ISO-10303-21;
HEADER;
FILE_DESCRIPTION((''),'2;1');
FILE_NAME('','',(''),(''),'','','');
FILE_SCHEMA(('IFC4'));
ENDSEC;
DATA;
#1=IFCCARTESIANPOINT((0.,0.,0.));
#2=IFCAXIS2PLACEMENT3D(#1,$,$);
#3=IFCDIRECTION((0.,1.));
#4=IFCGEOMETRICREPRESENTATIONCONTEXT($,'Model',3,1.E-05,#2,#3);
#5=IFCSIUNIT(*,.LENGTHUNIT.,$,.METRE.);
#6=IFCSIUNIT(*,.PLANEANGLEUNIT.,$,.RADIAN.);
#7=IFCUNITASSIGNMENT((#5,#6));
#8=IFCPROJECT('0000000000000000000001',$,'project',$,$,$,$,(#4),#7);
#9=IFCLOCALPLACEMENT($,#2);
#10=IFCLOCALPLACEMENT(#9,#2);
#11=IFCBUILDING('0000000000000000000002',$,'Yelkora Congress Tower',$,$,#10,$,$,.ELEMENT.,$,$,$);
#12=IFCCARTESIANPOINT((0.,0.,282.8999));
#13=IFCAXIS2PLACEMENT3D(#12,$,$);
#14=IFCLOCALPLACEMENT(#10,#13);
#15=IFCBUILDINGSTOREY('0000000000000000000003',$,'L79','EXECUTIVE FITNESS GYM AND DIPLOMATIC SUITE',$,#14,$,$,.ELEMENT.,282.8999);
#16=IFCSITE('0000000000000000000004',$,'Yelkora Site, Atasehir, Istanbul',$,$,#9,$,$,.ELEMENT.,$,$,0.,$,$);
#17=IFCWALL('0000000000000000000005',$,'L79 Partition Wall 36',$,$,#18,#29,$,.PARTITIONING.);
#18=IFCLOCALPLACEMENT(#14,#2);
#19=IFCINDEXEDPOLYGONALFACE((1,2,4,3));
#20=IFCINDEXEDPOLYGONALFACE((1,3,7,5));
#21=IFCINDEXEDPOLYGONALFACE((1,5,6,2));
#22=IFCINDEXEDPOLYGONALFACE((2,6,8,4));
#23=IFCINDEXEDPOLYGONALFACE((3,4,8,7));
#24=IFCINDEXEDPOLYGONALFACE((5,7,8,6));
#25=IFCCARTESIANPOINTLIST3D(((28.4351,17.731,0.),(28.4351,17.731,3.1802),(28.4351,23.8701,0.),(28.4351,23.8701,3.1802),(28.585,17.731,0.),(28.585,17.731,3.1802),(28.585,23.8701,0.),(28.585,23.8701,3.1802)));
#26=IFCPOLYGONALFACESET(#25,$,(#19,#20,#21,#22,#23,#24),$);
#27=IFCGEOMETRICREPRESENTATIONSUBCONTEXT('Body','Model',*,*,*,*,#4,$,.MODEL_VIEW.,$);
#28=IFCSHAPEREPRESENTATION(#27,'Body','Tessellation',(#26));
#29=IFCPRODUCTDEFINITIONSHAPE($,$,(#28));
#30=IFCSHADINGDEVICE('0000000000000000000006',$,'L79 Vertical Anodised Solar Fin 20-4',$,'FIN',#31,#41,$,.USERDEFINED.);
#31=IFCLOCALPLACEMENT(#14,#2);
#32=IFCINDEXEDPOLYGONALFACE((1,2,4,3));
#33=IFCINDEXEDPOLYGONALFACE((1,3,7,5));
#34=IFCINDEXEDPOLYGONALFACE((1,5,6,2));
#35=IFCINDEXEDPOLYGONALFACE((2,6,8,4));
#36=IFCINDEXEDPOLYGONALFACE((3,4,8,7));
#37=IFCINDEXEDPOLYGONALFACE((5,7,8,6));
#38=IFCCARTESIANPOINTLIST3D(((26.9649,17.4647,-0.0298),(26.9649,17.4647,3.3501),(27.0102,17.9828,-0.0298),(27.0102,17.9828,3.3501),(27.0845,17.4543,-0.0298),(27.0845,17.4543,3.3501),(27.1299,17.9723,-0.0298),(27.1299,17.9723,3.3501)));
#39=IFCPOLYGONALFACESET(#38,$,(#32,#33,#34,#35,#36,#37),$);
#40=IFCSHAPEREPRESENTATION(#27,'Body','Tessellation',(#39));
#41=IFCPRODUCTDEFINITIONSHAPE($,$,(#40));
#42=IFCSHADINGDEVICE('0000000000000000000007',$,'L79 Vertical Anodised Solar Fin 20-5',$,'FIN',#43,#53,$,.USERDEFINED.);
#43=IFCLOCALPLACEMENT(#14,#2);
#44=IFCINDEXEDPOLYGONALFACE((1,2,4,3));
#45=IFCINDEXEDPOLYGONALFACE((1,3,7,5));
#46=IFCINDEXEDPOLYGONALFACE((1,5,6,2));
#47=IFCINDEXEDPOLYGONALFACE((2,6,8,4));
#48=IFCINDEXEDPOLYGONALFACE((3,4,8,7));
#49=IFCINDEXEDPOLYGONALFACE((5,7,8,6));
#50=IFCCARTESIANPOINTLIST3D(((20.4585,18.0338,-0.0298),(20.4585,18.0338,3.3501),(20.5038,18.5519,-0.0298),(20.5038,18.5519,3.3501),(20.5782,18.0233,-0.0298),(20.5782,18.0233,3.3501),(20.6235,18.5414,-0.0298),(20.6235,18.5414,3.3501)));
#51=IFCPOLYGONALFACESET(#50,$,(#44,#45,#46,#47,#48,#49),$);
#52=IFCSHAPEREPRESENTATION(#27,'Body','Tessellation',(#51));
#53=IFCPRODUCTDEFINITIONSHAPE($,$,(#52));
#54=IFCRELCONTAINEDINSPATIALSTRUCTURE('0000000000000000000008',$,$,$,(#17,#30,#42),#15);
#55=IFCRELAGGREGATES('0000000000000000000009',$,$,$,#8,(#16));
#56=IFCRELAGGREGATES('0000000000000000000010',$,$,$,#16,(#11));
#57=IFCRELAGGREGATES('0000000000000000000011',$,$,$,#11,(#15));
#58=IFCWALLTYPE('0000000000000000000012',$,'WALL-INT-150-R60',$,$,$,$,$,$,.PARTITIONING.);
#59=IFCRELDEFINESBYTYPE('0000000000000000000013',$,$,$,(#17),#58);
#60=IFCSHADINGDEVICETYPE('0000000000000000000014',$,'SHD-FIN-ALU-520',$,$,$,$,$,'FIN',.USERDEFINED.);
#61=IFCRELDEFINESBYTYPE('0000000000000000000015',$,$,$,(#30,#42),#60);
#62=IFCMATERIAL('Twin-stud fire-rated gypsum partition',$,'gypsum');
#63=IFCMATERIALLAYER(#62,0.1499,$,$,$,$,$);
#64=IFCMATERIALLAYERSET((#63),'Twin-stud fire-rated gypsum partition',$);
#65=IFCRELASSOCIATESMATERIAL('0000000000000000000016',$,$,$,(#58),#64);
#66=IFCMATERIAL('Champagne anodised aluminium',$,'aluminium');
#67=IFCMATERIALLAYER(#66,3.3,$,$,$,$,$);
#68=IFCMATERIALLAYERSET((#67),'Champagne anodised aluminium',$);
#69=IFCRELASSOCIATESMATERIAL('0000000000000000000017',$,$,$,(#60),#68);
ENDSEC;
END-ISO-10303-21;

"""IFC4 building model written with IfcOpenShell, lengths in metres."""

from ifc_helpers import new_model, si_unit, direction, frame, frame_2d, origin, origin_2d, place, context, subcontext, project, spatial, rectangle, extrude, material, layer, layer_set, type_object, element, save


model = new_model("IFC4")

# Units and contexts
model_context = context("Model", 3, precision=1e-05, world=origin(), true_north=direction((0.0, 1.0)))
body_context = subcontext(model_context, "Body", "Model", "MODEL_VIEW")
ifc_project = project(units=[si_unit("LENGTHUNIT", "METRE"), si_unit("PLANEANGLEUNIT", "RADIAN")], contexts=[model_context])

# Site, building, storey
site_placement = place(None, origin())
site = spatial("IfcSite", under=ifc_project, at=site_placement, Name="Yelkora Site, Atasehir, Istanbul", CompositionType="ELEMENT", RefElevation=0.0)
building_placement = place(site_placement, origin())
building = spatial("IfcBuilding", under=site, at=building_placement, Name="Yelkora Congress Tower", CompositionType="ELEMENT")
storey_placement = place(building_placement, frame((0.0, 0.0, 282.8999)))
storey = spatial("IfcBuildingStorey", under=building, at=storey_placement, Name="L79", Description="EXECUTIVE FITNESS GYM AND DIPLOMATIC SUITE", CompositionType="ELEMENT", Elevation=282.8999)

# Wall
ifc_material_1 = material(Name="Twin-stud fire-rated gypsum partition", Category="gypsum")
ifc_layer_1 = layer(ifc_material_1, 0.1499)
ifc_layer_set_1 = layer_set([ifc_layer_1], Name="Twin-stud fire-rated gypsum partition")
wall_type_1 = type_object("IfcWallType", Name="WALL-INT-150-R60", PredefinedType="PARTITIONING", material=ifc_layer_set_1)
wall_1_placement = place(storey_placement, frame((28.51, 17.731, 0.0), z_axis=(0.0, 0.0, 1.0), x_axis=(0.0, 1.0, 0.0)))
element("IfcWall", 1, at=wall_1_placement, inside=storey, type_object=wall_type_1, Name="L79 Partition Wall 36", PredefinedType="PARTITIONING", context=body_context, shape_type="SweptSolid", body=[
    extrude(rectangle(XDim=6.1392, YDim=0.1499, at=frame_2d((3.0696, 0.0))), origin(), (0.0, 0.0, 1.0), 3.1802),
])

# Shading devices
ifc_material_2 = material(Name="Champagne anodised aluminium", Category="aluminium")
ifc_layer_2 = layer(ifc_material_2, 3.3)
ifc_layer_set_2 = layer_set([ifc_layer_2], Name="Champagne anodised aluminium")
shading_device_type = type_object("IfcShadingDeviceType", Name="SHD-FIN-ALU-520", ElementType="FIN", PredefinedType="USERDEFINED", material=ifc_layer_set_2)
for number, where, z_axis, x_axis, name in (
    (2, (27.0474, 17.7185, -0.0298), (0.0, 0.0, 1.0), (-0.996195, 0.087156, 0.0), "L79 Vertical Anodised Solar Fin 20-4"),
    (3, (20.541, 18.2876, -0.0298), (0.0, 0.0, 1.0), (-0.996195, 0.087156, 0.0), "L79 Vertical Anodised Solar Fin 20-5"),
):
    element("IfcShadingDevice", number, at=place(storey_placement, frame(where, z_axis=z_axis, x_axis=x_axis)), inside=storey, type_object=shading_device_type, Name=name, ObjectType="FIN", PredefinedType="USERDEFINED", context=body_context, shape_type="SweptSolid", body=[
        extrude(rectangle(XDim=0.1201, YDim=0.52, at=origin_2d()), origin(), (0.0, 0.0, 1.0), 3.3799),
    ])

save(model, "model.ifc")
